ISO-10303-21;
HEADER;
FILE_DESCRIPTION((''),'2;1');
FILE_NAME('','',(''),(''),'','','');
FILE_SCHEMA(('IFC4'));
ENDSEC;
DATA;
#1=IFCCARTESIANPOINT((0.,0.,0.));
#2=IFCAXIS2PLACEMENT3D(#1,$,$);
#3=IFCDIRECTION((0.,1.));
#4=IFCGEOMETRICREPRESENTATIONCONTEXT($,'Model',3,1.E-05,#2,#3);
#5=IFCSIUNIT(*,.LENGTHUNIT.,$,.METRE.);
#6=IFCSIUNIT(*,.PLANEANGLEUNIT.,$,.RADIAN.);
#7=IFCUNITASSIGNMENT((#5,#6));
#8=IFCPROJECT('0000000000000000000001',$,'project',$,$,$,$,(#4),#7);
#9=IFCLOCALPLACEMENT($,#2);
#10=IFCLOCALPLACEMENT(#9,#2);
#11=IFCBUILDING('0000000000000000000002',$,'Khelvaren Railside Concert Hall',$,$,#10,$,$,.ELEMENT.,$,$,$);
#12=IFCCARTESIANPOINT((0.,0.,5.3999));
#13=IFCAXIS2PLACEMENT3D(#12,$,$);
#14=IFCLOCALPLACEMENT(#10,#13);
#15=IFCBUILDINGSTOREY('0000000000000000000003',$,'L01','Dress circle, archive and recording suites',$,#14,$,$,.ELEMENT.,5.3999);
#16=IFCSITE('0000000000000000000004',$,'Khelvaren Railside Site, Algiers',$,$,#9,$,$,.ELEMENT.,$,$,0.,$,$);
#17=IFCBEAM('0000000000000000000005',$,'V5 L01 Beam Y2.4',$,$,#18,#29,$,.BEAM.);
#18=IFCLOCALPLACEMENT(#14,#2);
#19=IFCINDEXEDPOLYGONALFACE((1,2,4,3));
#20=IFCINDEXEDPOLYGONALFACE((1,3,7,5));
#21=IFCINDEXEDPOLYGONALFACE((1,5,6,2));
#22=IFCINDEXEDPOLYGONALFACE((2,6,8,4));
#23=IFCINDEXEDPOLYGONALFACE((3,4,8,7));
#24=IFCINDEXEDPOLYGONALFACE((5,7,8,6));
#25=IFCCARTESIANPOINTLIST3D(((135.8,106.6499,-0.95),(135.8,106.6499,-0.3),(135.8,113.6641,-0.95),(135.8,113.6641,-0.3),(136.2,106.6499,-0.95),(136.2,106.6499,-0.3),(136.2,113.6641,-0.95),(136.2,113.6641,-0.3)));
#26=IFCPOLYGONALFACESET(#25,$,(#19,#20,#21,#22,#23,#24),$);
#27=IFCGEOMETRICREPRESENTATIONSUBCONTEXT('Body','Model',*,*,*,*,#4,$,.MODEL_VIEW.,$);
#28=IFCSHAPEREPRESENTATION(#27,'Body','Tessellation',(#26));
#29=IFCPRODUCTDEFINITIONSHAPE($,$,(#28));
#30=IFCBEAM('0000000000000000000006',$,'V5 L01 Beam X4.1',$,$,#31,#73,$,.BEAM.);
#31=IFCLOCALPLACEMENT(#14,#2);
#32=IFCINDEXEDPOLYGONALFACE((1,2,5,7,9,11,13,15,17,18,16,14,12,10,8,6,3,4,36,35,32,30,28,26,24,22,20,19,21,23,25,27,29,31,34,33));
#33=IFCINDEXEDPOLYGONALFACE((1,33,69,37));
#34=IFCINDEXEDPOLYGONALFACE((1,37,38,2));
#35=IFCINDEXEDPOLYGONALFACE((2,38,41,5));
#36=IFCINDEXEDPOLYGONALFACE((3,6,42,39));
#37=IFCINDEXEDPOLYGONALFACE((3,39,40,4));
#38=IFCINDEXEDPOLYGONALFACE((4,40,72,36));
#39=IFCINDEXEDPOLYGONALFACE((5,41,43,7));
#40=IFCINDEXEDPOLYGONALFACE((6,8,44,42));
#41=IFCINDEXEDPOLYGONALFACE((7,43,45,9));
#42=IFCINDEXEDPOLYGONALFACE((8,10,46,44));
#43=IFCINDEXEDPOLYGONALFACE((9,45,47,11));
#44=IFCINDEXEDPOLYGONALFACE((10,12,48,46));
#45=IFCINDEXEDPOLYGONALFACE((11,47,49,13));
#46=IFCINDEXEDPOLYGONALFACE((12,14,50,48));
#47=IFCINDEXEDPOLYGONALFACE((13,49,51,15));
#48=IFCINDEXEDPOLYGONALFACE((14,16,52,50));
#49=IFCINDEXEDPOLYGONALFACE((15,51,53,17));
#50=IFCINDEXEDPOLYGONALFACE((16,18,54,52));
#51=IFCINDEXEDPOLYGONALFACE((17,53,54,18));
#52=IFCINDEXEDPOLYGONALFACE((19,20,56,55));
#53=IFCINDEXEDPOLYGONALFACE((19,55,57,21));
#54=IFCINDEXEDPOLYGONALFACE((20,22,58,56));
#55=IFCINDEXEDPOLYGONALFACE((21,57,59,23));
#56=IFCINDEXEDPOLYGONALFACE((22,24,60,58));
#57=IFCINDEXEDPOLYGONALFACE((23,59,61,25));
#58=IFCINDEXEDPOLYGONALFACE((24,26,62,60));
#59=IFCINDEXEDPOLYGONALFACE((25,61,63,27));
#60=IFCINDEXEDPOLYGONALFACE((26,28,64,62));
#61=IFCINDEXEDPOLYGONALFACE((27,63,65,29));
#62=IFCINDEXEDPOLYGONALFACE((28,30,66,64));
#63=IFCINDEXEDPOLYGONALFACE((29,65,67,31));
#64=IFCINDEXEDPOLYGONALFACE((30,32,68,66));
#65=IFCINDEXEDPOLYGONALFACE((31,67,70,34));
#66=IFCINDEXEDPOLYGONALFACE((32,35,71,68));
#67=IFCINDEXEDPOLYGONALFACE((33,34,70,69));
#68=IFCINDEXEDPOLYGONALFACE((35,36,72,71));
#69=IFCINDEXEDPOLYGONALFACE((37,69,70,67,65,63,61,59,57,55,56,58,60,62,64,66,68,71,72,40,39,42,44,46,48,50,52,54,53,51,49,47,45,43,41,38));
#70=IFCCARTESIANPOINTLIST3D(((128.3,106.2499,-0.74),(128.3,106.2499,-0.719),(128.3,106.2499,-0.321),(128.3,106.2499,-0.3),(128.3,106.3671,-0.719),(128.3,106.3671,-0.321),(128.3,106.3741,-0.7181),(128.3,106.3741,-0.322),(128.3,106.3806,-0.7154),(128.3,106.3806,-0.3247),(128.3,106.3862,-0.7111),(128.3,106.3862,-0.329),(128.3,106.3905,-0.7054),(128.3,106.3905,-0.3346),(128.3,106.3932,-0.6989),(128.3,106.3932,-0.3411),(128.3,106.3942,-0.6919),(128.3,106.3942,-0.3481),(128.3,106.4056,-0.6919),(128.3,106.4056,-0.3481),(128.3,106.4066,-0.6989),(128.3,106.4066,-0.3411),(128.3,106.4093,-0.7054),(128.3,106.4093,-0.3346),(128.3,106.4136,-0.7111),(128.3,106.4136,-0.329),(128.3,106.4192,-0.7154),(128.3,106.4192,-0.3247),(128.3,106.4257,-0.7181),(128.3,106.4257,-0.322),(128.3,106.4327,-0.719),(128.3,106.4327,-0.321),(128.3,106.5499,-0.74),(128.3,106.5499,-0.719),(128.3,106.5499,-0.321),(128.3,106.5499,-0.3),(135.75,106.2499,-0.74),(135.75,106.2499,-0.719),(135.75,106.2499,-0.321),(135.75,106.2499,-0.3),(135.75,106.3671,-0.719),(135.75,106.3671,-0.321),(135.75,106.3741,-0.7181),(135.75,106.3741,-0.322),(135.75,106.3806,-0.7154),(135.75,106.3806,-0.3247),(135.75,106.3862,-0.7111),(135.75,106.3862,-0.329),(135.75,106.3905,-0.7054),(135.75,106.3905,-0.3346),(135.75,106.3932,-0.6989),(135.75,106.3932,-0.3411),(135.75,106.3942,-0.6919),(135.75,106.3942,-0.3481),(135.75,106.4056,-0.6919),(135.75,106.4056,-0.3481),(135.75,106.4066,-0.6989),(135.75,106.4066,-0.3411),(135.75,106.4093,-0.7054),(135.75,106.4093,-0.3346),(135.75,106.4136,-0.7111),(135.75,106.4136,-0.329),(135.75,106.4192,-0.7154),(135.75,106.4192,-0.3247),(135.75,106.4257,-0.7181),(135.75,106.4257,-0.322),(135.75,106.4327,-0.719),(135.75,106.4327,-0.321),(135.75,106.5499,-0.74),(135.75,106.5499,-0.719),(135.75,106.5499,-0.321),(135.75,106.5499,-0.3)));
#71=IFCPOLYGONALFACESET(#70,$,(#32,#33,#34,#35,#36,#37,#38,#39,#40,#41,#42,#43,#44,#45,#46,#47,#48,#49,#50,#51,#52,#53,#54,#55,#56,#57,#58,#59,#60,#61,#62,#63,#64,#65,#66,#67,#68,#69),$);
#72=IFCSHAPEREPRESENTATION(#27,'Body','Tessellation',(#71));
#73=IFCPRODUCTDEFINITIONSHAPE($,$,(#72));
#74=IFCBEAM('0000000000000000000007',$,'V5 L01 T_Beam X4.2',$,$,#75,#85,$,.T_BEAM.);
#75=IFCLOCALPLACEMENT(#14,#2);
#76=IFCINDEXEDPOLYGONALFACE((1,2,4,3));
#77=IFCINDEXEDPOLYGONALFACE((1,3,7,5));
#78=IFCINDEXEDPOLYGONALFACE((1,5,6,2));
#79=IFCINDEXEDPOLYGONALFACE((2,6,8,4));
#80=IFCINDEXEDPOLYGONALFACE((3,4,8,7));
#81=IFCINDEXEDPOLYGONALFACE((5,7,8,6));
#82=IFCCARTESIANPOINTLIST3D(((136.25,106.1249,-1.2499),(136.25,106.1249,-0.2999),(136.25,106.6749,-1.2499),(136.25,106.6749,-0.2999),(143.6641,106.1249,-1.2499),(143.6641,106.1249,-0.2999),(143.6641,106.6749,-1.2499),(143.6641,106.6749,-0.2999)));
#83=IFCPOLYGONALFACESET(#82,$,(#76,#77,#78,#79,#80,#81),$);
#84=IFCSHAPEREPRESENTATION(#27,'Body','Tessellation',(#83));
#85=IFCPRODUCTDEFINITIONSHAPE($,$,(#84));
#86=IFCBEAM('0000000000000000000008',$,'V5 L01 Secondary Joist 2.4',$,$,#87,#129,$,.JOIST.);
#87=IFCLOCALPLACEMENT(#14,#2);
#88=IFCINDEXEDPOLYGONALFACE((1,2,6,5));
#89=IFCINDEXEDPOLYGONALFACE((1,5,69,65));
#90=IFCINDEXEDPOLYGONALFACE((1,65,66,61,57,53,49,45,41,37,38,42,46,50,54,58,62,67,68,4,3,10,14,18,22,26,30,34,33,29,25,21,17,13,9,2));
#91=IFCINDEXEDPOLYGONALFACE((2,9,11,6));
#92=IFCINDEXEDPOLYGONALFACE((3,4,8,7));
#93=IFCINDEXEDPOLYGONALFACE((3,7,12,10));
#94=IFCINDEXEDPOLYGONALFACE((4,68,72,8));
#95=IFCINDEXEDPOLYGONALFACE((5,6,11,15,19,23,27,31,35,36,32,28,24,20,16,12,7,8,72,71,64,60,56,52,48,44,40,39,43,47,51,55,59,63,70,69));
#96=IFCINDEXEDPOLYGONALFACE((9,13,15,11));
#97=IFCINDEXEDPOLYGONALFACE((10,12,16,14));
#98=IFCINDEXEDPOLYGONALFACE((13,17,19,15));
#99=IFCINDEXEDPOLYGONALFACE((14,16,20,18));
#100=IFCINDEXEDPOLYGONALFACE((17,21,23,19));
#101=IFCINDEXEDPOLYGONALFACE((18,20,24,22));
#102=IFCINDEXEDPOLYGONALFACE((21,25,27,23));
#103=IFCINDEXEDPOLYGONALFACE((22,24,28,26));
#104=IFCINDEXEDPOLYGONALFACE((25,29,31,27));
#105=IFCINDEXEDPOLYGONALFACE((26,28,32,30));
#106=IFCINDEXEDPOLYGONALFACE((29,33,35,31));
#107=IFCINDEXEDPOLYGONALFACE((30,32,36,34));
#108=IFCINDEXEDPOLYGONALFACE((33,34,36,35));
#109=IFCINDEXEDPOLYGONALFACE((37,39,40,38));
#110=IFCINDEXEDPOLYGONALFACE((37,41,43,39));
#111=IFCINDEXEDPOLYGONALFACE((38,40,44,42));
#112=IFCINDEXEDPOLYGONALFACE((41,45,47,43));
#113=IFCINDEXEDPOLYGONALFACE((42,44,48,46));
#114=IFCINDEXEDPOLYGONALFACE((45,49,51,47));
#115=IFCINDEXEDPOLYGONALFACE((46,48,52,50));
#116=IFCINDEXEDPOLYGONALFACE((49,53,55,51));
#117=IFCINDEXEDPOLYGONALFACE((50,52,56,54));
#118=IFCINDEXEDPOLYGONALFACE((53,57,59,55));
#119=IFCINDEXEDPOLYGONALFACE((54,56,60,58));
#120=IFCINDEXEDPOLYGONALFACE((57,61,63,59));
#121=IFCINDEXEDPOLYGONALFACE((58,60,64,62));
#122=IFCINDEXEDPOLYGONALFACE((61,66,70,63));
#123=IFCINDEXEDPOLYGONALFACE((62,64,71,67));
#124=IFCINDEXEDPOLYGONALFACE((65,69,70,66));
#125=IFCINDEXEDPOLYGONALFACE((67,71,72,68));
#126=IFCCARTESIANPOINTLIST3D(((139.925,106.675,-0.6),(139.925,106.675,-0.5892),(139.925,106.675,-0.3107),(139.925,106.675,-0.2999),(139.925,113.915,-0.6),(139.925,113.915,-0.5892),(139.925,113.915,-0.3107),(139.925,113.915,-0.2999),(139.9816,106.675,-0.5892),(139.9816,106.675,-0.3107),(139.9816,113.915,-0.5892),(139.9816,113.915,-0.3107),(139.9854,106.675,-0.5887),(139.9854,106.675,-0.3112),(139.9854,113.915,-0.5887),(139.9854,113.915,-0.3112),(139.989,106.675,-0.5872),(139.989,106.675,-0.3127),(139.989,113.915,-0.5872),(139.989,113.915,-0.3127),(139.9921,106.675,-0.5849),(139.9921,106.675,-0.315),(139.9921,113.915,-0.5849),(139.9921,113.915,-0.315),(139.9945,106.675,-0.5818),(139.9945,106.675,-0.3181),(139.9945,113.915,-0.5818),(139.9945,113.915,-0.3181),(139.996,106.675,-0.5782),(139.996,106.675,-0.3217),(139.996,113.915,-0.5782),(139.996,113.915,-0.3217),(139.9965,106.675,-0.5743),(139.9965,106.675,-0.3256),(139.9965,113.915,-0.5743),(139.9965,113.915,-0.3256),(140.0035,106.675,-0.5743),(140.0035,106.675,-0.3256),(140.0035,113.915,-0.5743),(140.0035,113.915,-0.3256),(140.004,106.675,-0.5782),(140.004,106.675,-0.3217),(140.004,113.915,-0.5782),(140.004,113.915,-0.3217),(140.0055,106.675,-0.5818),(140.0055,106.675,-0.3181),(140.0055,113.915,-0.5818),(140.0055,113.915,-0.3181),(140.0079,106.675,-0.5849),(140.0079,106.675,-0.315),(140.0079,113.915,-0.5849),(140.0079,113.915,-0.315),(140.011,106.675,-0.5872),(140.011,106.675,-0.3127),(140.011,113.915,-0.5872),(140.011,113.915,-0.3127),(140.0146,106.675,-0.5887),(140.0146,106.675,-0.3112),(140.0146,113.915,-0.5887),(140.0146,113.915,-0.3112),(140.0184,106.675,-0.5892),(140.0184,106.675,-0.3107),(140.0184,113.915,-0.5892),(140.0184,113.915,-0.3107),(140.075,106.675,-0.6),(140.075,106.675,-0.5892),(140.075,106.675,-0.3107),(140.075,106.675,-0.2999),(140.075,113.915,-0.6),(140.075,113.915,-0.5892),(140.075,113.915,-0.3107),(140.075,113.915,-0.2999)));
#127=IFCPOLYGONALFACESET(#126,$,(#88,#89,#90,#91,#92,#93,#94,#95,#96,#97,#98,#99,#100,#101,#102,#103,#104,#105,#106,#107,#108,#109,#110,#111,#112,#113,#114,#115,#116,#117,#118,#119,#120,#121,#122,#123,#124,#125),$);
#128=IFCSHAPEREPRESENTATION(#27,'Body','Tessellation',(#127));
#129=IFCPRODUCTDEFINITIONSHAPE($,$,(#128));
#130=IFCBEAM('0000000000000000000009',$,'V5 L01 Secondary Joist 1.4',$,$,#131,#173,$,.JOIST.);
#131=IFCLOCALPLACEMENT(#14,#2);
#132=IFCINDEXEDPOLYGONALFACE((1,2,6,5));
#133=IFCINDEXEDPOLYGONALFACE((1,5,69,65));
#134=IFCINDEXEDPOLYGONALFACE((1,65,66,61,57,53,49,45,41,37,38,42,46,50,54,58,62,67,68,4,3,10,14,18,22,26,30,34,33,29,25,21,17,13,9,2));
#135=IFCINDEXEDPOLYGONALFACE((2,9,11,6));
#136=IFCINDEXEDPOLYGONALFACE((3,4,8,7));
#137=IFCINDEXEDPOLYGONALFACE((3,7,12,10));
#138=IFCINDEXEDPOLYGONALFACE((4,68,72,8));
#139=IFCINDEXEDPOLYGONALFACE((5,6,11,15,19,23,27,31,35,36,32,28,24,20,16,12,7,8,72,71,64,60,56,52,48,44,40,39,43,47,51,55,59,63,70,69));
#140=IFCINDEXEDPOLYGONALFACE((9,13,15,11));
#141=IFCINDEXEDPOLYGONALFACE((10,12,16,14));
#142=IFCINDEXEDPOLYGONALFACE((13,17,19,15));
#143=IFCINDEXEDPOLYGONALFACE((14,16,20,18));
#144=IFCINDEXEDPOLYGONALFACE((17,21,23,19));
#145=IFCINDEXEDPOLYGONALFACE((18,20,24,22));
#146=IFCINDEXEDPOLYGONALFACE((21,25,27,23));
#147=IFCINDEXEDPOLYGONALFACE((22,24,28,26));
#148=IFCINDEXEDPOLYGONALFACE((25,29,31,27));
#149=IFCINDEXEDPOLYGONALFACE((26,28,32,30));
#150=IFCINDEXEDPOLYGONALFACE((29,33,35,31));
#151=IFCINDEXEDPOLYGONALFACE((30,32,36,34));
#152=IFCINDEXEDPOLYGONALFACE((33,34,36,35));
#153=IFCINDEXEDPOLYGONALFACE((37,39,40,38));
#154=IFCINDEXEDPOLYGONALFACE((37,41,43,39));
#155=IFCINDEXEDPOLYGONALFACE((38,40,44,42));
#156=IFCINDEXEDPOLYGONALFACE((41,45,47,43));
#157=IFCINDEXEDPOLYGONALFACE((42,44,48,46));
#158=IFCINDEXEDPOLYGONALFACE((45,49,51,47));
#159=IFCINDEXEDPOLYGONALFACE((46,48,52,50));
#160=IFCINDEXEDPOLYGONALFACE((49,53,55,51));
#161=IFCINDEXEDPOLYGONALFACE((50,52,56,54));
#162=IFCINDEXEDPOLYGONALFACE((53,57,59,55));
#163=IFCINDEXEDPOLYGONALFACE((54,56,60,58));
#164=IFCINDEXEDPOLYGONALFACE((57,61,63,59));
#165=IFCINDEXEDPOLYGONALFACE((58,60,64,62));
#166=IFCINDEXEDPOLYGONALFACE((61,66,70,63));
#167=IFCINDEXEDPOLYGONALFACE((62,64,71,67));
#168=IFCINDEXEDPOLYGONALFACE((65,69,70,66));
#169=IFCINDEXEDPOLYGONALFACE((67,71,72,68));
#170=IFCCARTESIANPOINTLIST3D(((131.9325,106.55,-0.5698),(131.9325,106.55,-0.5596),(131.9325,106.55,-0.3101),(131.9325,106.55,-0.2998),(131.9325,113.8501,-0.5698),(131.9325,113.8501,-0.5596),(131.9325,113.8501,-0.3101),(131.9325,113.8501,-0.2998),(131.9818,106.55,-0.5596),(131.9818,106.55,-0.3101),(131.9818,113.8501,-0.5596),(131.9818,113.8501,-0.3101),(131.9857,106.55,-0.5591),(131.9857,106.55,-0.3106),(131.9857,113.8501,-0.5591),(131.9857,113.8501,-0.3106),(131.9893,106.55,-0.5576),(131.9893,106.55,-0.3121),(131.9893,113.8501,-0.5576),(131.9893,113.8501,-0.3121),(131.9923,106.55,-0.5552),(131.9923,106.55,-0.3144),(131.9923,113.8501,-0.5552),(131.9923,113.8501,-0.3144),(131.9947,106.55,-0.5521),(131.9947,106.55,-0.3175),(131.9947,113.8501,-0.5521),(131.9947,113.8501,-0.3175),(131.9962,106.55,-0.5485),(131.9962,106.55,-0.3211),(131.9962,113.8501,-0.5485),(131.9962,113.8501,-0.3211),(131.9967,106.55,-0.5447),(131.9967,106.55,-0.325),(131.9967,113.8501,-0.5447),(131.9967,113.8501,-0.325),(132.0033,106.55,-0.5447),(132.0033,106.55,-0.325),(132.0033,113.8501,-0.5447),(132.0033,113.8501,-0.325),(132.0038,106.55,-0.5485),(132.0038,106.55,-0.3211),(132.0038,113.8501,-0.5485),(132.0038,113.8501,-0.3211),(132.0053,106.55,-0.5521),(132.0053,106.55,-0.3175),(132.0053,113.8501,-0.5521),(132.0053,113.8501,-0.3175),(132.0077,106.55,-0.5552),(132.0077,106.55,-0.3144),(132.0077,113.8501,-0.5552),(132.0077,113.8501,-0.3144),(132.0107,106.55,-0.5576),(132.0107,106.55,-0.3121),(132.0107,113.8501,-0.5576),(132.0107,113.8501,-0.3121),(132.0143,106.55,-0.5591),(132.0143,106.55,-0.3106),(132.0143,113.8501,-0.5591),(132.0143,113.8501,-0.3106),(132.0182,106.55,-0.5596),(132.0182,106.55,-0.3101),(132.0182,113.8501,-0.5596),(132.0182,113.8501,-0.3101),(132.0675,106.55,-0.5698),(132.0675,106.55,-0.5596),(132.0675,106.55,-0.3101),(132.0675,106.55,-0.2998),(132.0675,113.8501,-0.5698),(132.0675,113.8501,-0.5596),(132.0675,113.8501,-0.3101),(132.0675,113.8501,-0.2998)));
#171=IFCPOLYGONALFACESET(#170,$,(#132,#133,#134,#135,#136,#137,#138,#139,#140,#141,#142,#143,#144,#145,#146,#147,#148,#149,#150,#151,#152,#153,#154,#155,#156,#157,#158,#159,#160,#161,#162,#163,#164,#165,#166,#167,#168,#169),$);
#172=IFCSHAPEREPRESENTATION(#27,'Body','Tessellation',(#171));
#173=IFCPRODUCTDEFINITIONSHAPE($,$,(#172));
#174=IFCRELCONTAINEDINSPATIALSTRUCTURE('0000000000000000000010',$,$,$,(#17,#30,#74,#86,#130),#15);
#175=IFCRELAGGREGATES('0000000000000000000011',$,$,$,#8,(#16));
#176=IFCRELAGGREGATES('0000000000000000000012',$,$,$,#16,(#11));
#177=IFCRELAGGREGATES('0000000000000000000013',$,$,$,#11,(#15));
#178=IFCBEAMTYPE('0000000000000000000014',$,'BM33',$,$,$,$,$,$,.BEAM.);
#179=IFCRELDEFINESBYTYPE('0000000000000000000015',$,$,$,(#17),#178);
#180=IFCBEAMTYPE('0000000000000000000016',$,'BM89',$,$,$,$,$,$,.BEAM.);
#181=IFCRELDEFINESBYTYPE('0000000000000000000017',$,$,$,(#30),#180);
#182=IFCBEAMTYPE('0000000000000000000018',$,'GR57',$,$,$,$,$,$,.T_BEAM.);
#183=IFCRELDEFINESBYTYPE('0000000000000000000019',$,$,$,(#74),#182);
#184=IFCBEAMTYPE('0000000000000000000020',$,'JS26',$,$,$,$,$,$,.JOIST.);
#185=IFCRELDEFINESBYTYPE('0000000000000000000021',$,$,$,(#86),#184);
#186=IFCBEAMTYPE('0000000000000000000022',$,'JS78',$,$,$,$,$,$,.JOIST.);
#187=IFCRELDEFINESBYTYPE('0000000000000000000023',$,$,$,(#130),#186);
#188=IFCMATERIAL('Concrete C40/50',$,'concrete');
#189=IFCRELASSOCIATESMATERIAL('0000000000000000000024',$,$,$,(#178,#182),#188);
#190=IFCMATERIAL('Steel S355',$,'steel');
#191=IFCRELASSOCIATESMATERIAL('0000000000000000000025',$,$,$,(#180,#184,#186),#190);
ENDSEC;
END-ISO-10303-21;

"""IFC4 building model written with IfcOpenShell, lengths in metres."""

from ifc_helpers import new_model, si_unit, direction, frame, origin, origin_2d, place, context, subcontext, project, spatial, rectangle, i_section, extrude, material, material_profile, profile_set, type_object, element, save


model = new_model("IFC4")

# Units and contexts
model_context = context("Model", 3, precision=1e-05, world=origin(), true_north=direction((0.0, 1.0)))
body_context = subcontext(model_context, "Body", "Model", "MODEL_VIEW")
ifc_project = project(units=[si_unit("LENGTHUNIT", "METRE"), si_unit("PLANEANGLEUNIT", "RADIAN")], contexts=[model_context])

# Site, building, storey
site_placement = place(None, origin())
site = spatial("IfcSite", under=ifc_project, at=site_placement, Name="Khelvaren Railside Site, Algiers", CompositionType="ELEMENT", RefElevation=0.0)
building_placement = place(site_placement, origin())
building = spatial("IfcBuilding", under=site, at=building_placement, Name="Khelvaren Railside Concert Hall", CompositionType="ELEMENT")
storey_placement = place(building_placement, frame((0.0, 0.0, 5.3999)))
storey = spatial("IfcBuildingStorey", under=building, at=storey_placement, Name="L01", Description="Dress circle, archive and recording suites", CompositionType="ELEMENT", Elevation=5.3999)

# Beams
ifc_material_1 = material(Name="Concrete C40/50", Category="concrete")
ifc_material_profile_1 = material_profile(ifc_material_1, rectangle(XDim=0.3999, YDim=0.6499, at=origin_2d()), Name="RCB 400x650")
ifc_profile_set_1 = profile_set([ifc_material_profile_1], Name="Concrete C40/50")
beam_type_1 = type_object("IfcBeamType", Name="BM33", PredefinedType="BEAM", material=ifc_profile_set_1)
beam_1_placement = place(storey_placement, frame((136.0, 106.6499, -0.625), z_axis=(0.0, 1.0, 0.0), x_axis=(-1.0, 0.0, 0.0)))
element("IfcBeam", 1, at=beam_1_placement, inside=storey, type_object=beam_type_1, Name="V5 L01 Beam Y2.4", PredefinedType="BEAM", context=body_context, shape_type="SweptSolid", body=[
    extrude(rectangle(XDim=0.3999, YDim=0.6499, at=origin_2d()), origin(), (0.0, 0.0, 1.0), 7.0142),
])
ifc_material_2 = material(Name="Steel S355", Category="steel")
ifc_material_profile_2 = material_profile(ifc_material_2, i_section(OverallWidth=0.3, OverallDepth=0.4399, WebThickness=0.0115, FlangeThickness=0.021, FilletRadius=0.0271, at=origin_2d()), Name="HEA 450")
ifc_profile_set_2 = profile_set([ifc_material_profile_2], Name="Steel S355")
beam_type_2 = type_object("IfcBeamType", Name="BM89", PredefinedType="BEAM", material=ifc_profile_set_2)
beam_2_placement = place(storey_placement, frame((128.3, 106.3999, -0.52), z_axis=(1.0, 0.0, 0.0), x_axis=(0.0, 1.0, 0.0)))
element("IfcBeam", 2, at=beam_2_placement, inside=storey, type_object=beam_type_2, Name="V5 L01 Beam X4.1", PredefinedType="BEAM", context=body_context, shape_type="SweptSolid", body=[
    extrude(i_section(OverallWidth=0.3, OverallDepth=0.4399, WebThickness=0.0115, FlangeThickness=0.021, FilletRadius=0.0271, at=origin_2d()), origin(), (0.0, 0.0, 1.0), 7.45),
])
ifc_material_profile_3 = material_profile(ifc_material_1, rectangle(XDim=0.55, YDim=0.95, at=origin_2d()), Name="RCB 550x950")
ifc_profile_set_3 = profile_set([ifc_material_profile_3], Name="Concrete C40/50")
beam_type_3 = type_object("IfcBeamType", Name="GR57", PredefinedType="T_BEAM", material=ifc_profile_set_3)
beam_3_placement = place(storey_placement, frame((136.25, 106.3999, -0.7749), z_axis=(1.0, 0.0, 0.0), x_axis=(0.0, 1.0, 0.0)))
element("IfcBeam", 3, at=beam_3_placement, inside=storey, type_object=beam_type_3, Name="V5 L01 T_Beam X4.2", PredefinedType="T_BEAM", context=body_context, shape_type="SweptSolid", body=[
    extrude(rectangle(XDim=0.55, YDim=0.95, at=origin_2d()), origin(), (0.0, 0.0, 1.0), 7.4141),
])
ifc_material_profile_4 = material_profile(ifc_material_2, i_section(OverallWidth=0.1499, OverallDepth=0.3, WebThickness=0.0071, FlangeThickness=0.0107, FilletRadius=0.0149, at=origin_2d()), Name="IPE 300")
ifc_profile_set_4 = profile_set([ifc_material_profile_4], Name="Steel S355")
beam_type_4 = type_object("IfcBeamType", Name="JS26", PredefinedType="JOIST", material=ifc_profile_set_4)
beam_4_placement = place(storey_placement, frame((140.0, 106.675, -0.45), z_axis=(0.0, 1.0, 0.0), x_axis=(-1.0, 0.0, 0.0)))
element("IfcBeam", 4, at=beam_4_placement, inside=storey, type_object=beam_type_4, Name="V5 L01 Secondary Joist 2.4", PredefinedType="JOIST", context=body_context, shape_type="SweptSolid", body=[
    extrude(i_section(OverallWidth=0.1499, OverallDepth=0.3, WebThickness=0.0071, FlangeThickness=0.0107, FilletRadius=0.0149, at=origin_2d()), origin(), (0.0, 0.0, 1.0), 7.24),
])
ifc_material_profile_5 = material_profile(ifc_material_2, i_section(OverallWidth=0.135, OverallDepth=0.27, WebThickness=0.0066, FlangeThickness=0.0103, FilletRadius=0.0149, at=origin_2d()), Name="IPE 270")
ifc_profile_set_5 = profile_set([ifc_material_profile_5], Name="Steel S355")
beam_type_5 = type_object("IfcBeamType", Name="JS78", PredefinedType="JOIST", material=ifc_profile_set_5)
beam_5_placement = place(storey_placement, frame((132.0, 106.55, -0.4348), z_axis=(0.0, 1.0, 0.0), x_axis=(-1.0, 0.0, 0.0)))
element("IfcBeam", 5, at=beam_5_placement, inside=storey, type_object=beam_type_5, Name="V5 L01 Secondary Joist 1.4", PredefinedType="JOIST", context=body_context, shape_type="SweptSolid", body=[
    extrude(i_section(OverallWidth=0.135, OverallDepth=0.27, WebThickness=0.0066, FlangeThickness=0.0103, FilletRadius=0.0149, at=origin_2d()), origin(), (0.0, 0.0, 1.0), 7.3),
])

save(model, "model.ifc")
